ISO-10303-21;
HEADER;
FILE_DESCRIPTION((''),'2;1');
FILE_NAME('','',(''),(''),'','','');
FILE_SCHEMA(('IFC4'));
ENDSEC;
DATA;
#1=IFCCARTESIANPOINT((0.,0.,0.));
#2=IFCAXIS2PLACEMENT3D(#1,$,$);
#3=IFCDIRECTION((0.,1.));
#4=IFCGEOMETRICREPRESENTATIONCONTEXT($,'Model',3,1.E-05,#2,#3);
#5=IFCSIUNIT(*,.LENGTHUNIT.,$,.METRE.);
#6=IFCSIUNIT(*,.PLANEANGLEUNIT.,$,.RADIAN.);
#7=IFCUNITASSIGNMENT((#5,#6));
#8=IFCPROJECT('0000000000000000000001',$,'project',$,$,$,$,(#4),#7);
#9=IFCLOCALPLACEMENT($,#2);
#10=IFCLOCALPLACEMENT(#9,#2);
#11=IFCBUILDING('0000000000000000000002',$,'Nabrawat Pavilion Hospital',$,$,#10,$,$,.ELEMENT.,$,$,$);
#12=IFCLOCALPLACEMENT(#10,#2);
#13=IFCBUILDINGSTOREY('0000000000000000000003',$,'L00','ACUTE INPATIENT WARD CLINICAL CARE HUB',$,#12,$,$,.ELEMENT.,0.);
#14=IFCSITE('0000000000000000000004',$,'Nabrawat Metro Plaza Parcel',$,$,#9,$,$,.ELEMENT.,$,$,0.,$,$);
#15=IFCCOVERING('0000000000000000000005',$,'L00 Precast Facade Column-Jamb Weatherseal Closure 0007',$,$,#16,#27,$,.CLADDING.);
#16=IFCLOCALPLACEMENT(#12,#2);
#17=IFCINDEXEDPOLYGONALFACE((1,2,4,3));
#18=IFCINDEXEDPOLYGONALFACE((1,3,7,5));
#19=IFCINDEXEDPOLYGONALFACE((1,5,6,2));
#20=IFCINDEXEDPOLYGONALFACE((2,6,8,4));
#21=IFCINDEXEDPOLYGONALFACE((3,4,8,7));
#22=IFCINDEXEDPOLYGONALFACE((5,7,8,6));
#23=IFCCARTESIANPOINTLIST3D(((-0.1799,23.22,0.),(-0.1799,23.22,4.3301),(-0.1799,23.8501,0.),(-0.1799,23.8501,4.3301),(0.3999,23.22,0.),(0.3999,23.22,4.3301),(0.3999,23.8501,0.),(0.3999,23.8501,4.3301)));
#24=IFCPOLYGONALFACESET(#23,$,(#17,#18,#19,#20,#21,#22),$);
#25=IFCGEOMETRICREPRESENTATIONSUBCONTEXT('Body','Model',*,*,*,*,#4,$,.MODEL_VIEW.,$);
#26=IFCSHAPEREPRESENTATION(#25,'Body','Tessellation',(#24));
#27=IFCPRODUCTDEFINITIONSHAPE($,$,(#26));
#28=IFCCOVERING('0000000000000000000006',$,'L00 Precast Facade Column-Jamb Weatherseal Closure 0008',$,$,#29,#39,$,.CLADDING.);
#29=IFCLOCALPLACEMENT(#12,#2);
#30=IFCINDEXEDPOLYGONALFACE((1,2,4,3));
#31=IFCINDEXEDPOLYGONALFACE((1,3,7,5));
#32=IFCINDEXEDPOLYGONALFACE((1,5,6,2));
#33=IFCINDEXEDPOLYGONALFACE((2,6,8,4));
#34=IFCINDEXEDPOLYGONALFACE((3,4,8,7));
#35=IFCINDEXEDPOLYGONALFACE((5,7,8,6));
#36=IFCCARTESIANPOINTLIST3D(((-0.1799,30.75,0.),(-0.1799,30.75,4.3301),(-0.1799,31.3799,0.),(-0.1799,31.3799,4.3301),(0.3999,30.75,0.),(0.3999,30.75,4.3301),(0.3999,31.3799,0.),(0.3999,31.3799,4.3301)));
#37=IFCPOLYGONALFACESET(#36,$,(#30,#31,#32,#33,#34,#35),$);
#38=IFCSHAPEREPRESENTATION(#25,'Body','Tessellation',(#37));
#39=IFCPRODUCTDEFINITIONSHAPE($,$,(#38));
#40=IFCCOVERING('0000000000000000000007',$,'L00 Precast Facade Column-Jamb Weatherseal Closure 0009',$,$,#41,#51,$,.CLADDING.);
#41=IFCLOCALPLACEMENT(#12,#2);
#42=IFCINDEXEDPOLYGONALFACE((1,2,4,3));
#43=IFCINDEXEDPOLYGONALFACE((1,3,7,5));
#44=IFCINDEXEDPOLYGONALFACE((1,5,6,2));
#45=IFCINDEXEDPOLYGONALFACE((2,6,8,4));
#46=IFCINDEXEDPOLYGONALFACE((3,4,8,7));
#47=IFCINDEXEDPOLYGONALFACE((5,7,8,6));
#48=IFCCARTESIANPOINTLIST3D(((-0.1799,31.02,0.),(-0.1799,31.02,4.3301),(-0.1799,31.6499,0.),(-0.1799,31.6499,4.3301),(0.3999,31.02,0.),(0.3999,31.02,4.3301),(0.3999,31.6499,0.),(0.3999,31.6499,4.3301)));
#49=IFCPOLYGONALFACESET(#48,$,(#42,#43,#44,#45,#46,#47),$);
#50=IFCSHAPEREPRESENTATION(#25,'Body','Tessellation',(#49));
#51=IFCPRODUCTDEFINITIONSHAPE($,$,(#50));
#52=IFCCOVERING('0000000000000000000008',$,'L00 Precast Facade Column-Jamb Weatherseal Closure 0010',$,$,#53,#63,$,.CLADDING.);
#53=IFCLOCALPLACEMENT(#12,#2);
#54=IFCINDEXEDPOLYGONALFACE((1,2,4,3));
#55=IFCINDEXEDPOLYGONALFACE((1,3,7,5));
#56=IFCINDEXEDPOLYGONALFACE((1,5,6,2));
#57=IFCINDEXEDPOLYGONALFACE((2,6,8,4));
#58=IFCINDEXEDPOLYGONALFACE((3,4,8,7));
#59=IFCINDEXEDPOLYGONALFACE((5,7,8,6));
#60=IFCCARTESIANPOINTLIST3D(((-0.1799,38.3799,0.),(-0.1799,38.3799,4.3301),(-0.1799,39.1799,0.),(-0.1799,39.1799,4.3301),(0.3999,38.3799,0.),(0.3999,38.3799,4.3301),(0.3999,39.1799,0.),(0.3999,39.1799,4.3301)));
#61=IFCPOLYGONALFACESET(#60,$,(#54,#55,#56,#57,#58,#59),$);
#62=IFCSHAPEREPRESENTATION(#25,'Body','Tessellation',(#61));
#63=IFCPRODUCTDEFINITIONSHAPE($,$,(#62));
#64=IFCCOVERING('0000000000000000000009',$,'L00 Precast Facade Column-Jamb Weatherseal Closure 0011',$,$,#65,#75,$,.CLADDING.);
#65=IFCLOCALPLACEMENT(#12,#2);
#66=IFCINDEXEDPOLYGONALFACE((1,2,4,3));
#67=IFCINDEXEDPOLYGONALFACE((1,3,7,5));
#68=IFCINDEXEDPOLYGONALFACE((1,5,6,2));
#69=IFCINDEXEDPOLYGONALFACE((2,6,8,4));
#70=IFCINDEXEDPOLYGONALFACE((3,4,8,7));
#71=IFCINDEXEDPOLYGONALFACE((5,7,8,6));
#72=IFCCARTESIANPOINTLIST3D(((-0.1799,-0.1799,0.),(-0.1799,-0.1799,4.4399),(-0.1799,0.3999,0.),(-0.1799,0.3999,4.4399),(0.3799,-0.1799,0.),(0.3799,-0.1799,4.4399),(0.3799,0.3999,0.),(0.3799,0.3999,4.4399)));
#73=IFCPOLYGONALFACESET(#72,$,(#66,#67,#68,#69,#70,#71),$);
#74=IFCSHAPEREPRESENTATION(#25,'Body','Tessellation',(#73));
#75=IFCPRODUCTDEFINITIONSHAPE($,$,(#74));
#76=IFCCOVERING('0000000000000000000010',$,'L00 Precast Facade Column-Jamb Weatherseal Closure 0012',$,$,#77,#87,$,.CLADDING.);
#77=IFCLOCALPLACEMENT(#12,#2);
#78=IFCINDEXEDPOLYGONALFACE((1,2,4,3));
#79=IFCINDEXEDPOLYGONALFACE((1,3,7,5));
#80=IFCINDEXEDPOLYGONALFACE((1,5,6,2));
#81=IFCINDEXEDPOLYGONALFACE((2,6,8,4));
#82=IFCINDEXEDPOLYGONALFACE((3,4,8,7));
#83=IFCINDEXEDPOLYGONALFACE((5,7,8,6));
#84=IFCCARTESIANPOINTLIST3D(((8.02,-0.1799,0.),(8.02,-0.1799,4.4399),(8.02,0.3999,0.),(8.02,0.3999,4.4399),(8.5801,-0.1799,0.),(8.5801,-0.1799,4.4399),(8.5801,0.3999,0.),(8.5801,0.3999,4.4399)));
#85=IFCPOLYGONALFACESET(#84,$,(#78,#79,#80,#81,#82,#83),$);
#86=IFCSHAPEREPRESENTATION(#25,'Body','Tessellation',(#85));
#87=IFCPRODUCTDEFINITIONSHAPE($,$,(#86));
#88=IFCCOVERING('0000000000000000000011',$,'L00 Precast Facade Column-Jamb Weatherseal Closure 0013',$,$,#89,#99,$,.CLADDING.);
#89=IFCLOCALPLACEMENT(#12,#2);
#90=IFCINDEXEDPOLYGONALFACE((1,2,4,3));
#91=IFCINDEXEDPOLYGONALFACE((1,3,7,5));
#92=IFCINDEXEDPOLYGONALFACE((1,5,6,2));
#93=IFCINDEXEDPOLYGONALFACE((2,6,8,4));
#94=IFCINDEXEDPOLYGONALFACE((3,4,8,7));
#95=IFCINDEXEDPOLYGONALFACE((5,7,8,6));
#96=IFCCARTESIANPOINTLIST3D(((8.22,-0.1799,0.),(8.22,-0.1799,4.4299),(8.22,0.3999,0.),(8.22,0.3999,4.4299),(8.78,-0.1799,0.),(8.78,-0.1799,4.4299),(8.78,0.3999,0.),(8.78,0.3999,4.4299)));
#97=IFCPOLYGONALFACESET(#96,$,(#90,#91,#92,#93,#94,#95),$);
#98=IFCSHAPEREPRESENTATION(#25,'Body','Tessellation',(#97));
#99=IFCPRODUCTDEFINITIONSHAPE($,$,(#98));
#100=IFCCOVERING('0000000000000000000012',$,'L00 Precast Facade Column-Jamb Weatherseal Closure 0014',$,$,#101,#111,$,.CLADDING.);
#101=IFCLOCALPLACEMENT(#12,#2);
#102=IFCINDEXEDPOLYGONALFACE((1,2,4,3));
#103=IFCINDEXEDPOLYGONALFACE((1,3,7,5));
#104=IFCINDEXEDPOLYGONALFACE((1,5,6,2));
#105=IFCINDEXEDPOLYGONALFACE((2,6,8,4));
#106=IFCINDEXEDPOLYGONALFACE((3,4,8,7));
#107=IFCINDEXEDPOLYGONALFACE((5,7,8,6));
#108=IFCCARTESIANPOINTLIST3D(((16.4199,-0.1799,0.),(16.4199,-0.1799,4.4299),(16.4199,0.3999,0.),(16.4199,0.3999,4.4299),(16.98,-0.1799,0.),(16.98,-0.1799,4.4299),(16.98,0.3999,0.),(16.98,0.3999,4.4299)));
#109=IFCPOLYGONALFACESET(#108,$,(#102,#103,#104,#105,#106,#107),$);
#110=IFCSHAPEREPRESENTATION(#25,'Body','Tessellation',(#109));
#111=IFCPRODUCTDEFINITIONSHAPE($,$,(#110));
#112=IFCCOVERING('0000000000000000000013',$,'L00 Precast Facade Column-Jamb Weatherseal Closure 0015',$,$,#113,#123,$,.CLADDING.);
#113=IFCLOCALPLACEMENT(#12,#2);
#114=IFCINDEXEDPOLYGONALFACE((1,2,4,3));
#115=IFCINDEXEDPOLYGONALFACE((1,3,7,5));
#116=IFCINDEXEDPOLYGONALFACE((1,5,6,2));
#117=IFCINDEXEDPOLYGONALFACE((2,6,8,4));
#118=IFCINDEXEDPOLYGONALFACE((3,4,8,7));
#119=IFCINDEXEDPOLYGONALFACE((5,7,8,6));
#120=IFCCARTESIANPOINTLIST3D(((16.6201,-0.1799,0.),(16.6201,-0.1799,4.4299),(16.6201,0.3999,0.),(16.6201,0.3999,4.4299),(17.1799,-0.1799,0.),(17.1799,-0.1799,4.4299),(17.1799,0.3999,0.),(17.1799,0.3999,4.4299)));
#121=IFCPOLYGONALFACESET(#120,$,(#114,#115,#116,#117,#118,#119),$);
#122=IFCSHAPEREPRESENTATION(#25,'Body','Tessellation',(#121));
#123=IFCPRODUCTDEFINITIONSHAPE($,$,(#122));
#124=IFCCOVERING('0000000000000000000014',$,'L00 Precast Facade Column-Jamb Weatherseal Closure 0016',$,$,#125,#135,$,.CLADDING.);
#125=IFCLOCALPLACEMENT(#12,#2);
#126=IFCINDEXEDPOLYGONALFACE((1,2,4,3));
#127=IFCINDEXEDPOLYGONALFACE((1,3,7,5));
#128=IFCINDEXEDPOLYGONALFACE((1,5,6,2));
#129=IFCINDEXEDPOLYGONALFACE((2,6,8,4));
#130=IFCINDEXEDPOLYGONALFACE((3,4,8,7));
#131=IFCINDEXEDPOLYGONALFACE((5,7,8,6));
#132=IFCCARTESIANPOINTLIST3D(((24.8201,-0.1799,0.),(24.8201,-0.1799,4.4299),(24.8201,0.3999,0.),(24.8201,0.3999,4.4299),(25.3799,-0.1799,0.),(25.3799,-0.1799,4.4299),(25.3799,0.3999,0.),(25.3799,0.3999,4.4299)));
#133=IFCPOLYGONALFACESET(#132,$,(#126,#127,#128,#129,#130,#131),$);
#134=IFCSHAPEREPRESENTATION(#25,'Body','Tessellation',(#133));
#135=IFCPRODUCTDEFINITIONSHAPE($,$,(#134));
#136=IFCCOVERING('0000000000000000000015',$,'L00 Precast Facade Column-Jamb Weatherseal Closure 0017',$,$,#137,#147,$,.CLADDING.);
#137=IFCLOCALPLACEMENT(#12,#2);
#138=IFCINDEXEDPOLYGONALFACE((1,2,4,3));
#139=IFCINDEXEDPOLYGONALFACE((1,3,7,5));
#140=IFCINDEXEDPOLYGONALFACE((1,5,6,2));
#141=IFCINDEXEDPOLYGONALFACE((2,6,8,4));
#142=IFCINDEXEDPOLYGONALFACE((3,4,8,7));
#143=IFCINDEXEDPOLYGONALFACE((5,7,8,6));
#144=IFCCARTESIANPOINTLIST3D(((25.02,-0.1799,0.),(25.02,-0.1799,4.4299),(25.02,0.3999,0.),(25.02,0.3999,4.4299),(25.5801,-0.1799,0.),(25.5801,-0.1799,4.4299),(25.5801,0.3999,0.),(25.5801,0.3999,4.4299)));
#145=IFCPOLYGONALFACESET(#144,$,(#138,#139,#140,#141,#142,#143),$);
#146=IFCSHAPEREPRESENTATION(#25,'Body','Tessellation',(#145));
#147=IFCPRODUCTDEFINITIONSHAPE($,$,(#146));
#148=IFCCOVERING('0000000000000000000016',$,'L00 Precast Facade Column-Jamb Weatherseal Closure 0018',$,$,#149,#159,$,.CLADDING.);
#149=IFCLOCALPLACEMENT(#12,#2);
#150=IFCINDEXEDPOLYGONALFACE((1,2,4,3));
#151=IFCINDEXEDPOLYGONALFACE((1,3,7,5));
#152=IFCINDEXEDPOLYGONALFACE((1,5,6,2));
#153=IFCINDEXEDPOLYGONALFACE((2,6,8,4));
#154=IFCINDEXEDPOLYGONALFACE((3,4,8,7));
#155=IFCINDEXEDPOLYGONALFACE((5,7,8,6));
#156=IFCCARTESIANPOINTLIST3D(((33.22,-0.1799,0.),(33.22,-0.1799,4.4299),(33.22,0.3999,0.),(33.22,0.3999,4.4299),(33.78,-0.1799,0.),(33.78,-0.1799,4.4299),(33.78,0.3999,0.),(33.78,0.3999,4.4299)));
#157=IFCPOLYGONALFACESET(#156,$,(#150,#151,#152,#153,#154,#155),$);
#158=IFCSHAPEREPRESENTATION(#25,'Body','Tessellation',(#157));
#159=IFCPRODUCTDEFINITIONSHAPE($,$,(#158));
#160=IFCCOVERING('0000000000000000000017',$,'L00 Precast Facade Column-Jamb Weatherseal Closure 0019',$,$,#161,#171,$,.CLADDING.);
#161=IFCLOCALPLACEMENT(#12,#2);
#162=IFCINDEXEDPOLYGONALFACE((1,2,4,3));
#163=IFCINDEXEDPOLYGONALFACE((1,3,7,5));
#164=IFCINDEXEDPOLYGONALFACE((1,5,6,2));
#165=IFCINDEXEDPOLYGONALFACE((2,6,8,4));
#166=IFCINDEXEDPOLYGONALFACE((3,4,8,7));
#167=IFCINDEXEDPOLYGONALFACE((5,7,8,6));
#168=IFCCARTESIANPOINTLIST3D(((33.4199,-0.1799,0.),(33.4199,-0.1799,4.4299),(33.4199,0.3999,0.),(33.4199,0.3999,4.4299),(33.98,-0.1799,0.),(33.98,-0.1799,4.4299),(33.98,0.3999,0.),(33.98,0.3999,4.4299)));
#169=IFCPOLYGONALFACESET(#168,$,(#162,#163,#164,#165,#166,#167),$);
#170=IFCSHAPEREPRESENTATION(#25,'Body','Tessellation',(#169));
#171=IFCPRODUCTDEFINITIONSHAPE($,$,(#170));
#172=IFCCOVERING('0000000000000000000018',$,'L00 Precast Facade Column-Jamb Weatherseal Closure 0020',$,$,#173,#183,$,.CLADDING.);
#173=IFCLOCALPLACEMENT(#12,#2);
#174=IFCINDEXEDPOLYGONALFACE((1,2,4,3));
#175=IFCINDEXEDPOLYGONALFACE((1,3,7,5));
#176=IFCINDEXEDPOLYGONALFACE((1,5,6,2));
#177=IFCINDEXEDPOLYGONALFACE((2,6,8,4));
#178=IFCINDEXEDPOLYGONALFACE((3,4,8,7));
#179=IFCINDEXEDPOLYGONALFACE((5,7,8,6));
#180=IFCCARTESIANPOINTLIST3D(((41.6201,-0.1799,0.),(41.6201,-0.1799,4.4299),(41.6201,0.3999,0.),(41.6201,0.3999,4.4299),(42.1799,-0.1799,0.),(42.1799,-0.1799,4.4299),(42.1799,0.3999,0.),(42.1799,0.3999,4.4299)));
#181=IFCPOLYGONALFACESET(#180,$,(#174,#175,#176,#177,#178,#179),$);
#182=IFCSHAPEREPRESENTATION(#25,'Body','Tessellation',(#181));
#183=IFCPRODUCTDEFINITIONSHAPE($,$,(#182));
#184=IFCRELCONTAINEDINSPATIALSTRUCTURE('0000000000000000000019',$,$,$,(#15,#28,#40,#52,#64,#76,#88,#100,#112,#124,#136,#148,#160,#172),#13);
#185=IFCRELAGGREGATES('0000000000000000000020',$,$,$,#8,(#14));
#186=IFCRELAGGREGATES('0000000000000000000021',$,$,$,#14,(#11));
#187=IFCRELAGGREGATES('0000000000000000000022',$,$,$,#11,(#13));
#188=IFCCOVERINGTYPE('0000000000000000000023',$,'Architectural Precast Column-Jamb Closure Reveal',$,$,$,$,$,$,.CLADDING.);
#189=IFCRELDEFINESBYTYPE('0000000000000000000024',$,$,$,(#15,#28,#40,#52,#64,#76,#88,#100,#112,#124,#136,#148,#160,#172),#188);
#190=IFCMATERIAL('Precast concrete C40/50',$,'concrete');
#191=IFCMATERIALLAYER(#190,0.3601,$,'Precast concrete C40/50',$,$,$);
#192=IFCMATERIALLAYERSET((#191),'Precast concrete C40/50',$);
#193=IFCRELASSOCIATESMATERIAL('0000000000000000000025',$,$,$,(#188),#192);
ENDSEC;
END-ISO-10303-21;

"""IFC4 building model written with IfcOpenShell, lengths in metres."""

from ifc_helpers import new_model, si_unit, direction, origin, place, context, subcontext, project, spatial, polyline, outline, extrude, material, layer, layer_set, type_object, element, save


model = new_model("IFC4")

# Units and contexts
model_context = context("Model", 3, precision=1e-05, world=origin(), true_north=direction((0.0, 1.0)))
body_context = subcontext(model_context, "Body", "Model", "MODEL_VIEW")
ifc_project = project(units=[si_unit("LENGTHUNIT", "METRE"), si_unit("PLANEANGLEUNIT", "RADIAN")], contexts=[model_context])

# Site, building, storey
site_placement = place(None, origin())
site = spatial("IfcSite", under=ifc_project, at=site_placement, Name="Nabrawat Metro Plaza Parcel", CompositionType="ELEMENT", RefElevation=0.0)
building_placement = place(site_placement, origin())
building = spatial("IfcBuilding", under=site, at=building_placement, Name="Nabrawat Pavilion Hospital", CompositionType="ELEMENT")
storey_placement = place(building_placement, origin())
storey = spatial("IfcBuildingStorey", under=building, at=storey_placement, Name="L00", Description="ACUTE INPATIENT WARD CLINICAL CARE HUB", CompositionType="ELEMENT", Elevation=0.0)

# Coverings
ifc_material_1 = material(Name="Precast concrete C40/50", Category="concrete")
ifc_layer = layer(ifc_material_1, 0.3601, Name="Precast concrete C40/50")
ifc_layer_set = layer_set([ifc_layer], Name="Precast concrete C40/50")
covering_type = type_object("IfcCoveringType", Name="Architectural Precast Column-Jamb Closure Reveal", PredefinedType="CLADDING", material=ifc_layer_set)
covering_1_placement = place(storey_placement, origin())
element("IfcCovering", 1, at=covering_1_placement, inside=storey, type_object=covering_type, Name="L00 Precast Facade Column-Jamb Weatherseal Closure 0007", PredefinedType="CLADDING", context=body_context, shape_type="SweptSolid", body=[
    extrude(outline(polyline([(0.3999, 23.22), (0.3999, 23.8501), (-0.1799, 23.8501), (-0.1799, 23.22), (0.3999, 23.22)])), origin(), (0.0, 0.0, 1.0), 4.3301),
])
covering_2_placement = place(storey_placement, origin())
element("IfcCovering", 2, at=covering_2_placement, inside=storey, type_object=covering_type, Name="L00 Precast Facade Column-Jamb Weatherseal Closure 0008", PredefinedType="CLADDING", context=body_context, shape_type="SweptSolid", body=[
    extrude(outline(polyline([(0.3999, 30.75), (0.3999, 31.3799), (-0.1799, 31.3799), (-0.1799, 30.75), (0.3999, 30.75)])), origin(), (0.0, 0.0, 1.0), 4.3301),
])
covering_3_placement = place(storey_placement, origin())
element("IfcCovering", 3, at=covering_3_placement, inside=storey, type_object=covering_type, Name="L00 Precast Facade Column-Jamb Weatherseal Closure 0009", PredefinedType="CLADDING", context=body_context, shape_type="SweptSolid", body=[
    extrude(outline(polyline([(0.3999, 31.02), (0.3999, 31.6499), (-0.1799, 31.6499), (-0.1799, 31.02), (0.3999, 31.02)])), origin(), (0.0, 0.0, 1.0), 4.3301),
])
covering_4_placement = place(storey_placement, origin())
element("IfcCovering", 4, at=covering_4_placement, inside=storey, type_object=covering_type, Name="L00 Precast Facade Column-Jamb Weatherseal Closure 0010", PredefinedType="CLADDING", context=body_context, shape_type="SweptSolid", body=[
    extrude(outline(polyline([(0.3999, 38.3799), (0.3999, 39.1799), (-0.1799, 39.1799), (-0.1799, 38.3799), (0.3999, 38.3799)])), origin(), (0.0, 0.0, 1.0), 4.3301),
])
covering_5_placement = place(storey_placement, origin())
element("IfcCovering", 5, at=covering_5_placement, inside=storey, type_object=covering_type, Name="L00 Precast Facade Column-Jamb Weatherseal Closure 0011", PredefinedType="CLADDING", context=body_context, shape_type="SweptSolid", body=[
    extrude(outline(polyline([(0.3799, -0.1799), (0.3799, 0.3999), (-0.1799, 0.3999), (-0.1799, -0.1799), (0.3799, -0.1799)])), origin(), (0.0, 0.0, 1.0), 4.4399),
])
covering_6_placement = place(storey_placement, origin())
element("IfcCovering", 6, at=covering_6_placement, inside=storey, type_object=covering_type, Name="L00 Precast Facade Column-Jamb Weatherseal Closure 0012", PredefinedType="CLADDING", context=body_context, shape_type="SweptSolid", body=[
    extrude(outline(polyline([(8.5801, -0.1799), (8.5801, 0.3999), (8.02, 0.3999), (8.02, -0.1799), (8.5801, -0.1799)])), origin(), (0.0, 0.0, 1.0), 4.4399),
])
covering_7_placement = place(storey_placement, origin())
element("IfcCovering", 7, at=covering_7_placement, inside=storey, type_object=covering_type, Name="L00 Precast Facade Column-Jamb Weatherseal Closure 0013", PredefinedType="CLADDING", context=body_context, shape_type="SweptSolid", body=[
    extrude(outline(polyline([(8.78, -0.1799), (8.78, 0.3999), (8.22, 0.3999), (8.22, -0.1799), (8.78, -0.1799)])), origin(), (0.0, 0.0, 1.0), 4.4299),
])
covering_8_placement = place(storey_placement, origin())
element("IfcCovering", 8, at=covering_8_placement, inside=storey, type_object=covering_type, Name="L00 Precast Facade Column-Jamb Weatherseal Closure 0014", PredefinedType="CLADDING", context=body_context, shape_type="SweptSolid", body=[
    extrude(outline(polyline([(16.98, -0.1799), (16.98, 0.3999), (16.4199, 0.3999), (16.4199, -0.1799), (16.98, -0.1799)])), origin(), (0.0, 0.0, 1.0), 4.4299),
])
covering_9_placement = place(storey_placement, origin())
element("IfcCovering", 9, at=covering_9_placement, inside=storey, type_object=covering_type, Name="L00 Precast Facade Column-Jamb Weatherseal Closure 0015", PredefinedType="CLADDING", context=body_context, shape_type="SweptSolid", body=[
    extrude(outline(polyline([(17.1799, -0.1799), (17.1799, 0.3999), (16.6201, 0.3999), (16.6201, -0.1799), (17.1799, -0.1799)])), origin(), (0.0, 0.0, 1.0), 4.4299),
])
covering_10_placement = place(storey_placement, origin())
element("IfcCovering", 10, at=covering_10_placement, inside=storey, type_object=covering_type, Name="L00 Precast Facade Column-Jamb Weatherseal Closure 0016", PredefinedType="CLADDING", context=body_context, shape_type="SweptSolid", body=[
    extrude(outline(polyline([(25.3799, -0.1799), (25.3799, 0.3999), (24.8201, 0.3999), (24.8201, -0.1799), (25.3799, -0.1799)])), origin(), (0.0, 0.0, 1.0), 4.4299),
])
covering_11_placement = place(storey_placement, origin())
element("IfcCovering", 11, at=covering_11_placement, inside=storey, type_object=covering_type, Name="L00 Precast Facade Column-Jamb Weatherseal Closure 0017", PredefinedType="CLADDING", context=body_context, shape_type="SweptSolid", body=[
    extrude(outline(polyline([(25.5801, -0.1799), (25.5801, 0.3999), (25.02, 0.3999), (25.02, -0.1799), (25.5801, -0.1799)])), origin(), (0.0, 0.0, 1.0), 4.4299),
])
covering_12_placement = place(storey_placement, origin())
element("IfcCovering", 12, at=covering_12_placement, inside=storey, type_object=covering_type, Name="L00 Precast Facade Column-Jamb Weatherseal Closure 0018", PredefinedType="CLADDING", context=body_context, shape_type="SweptSolid", body=[
    extrude(outline(polyline([(33.78, -0.1799), (33.78, 0.3999), (33.22, 0.3999), (33.22, -0.1799), (33.78, -0.1799)])), origin(), (0.0, 0.0, 1.0), 4.4299),
])
covering_13_placement = place(storey_placement, origin())
element("IfcCovering", 13, at=covering_13_placement, inside=storey, type_object=covering_type, Name="L00 Precast Facade Column-Jamb Weatherseal Closure 0019", PredefinedType="CLADDING", context=body_context, shape_type="SweptSolid", body=[
    extrude(outline(polyline([(33.98, -0.1799), (33.98, 0.3999), (33.4199, 0.3999), (33.4199, -0.1799), (33.98, -0.1799)])), origin(), (0.0, 0.0, 1.0), 4.4299),
])
covering_14_placement = place(storey_placement, origin())
element("IfcCovering", 14, at=covering_14_placement, inside=storey, type_object=covering_type, Name="L00 Precast Facade Column-Jamb Weatherseal Closure 0020", PredefinedType="CLADDING", context=body_context, shape_type="SweptSolid", body=[
    extrude(outline(polyline([(42.1799, -0.1799), (42.1799, 0.3999), (41.6201, 0.3999), (41.6201, -0.1799), (42.1799, -0.1799)])), origin(), (0.0, 0.0, 1.0), 4.4299),
])

save(model, "model.ifc")
